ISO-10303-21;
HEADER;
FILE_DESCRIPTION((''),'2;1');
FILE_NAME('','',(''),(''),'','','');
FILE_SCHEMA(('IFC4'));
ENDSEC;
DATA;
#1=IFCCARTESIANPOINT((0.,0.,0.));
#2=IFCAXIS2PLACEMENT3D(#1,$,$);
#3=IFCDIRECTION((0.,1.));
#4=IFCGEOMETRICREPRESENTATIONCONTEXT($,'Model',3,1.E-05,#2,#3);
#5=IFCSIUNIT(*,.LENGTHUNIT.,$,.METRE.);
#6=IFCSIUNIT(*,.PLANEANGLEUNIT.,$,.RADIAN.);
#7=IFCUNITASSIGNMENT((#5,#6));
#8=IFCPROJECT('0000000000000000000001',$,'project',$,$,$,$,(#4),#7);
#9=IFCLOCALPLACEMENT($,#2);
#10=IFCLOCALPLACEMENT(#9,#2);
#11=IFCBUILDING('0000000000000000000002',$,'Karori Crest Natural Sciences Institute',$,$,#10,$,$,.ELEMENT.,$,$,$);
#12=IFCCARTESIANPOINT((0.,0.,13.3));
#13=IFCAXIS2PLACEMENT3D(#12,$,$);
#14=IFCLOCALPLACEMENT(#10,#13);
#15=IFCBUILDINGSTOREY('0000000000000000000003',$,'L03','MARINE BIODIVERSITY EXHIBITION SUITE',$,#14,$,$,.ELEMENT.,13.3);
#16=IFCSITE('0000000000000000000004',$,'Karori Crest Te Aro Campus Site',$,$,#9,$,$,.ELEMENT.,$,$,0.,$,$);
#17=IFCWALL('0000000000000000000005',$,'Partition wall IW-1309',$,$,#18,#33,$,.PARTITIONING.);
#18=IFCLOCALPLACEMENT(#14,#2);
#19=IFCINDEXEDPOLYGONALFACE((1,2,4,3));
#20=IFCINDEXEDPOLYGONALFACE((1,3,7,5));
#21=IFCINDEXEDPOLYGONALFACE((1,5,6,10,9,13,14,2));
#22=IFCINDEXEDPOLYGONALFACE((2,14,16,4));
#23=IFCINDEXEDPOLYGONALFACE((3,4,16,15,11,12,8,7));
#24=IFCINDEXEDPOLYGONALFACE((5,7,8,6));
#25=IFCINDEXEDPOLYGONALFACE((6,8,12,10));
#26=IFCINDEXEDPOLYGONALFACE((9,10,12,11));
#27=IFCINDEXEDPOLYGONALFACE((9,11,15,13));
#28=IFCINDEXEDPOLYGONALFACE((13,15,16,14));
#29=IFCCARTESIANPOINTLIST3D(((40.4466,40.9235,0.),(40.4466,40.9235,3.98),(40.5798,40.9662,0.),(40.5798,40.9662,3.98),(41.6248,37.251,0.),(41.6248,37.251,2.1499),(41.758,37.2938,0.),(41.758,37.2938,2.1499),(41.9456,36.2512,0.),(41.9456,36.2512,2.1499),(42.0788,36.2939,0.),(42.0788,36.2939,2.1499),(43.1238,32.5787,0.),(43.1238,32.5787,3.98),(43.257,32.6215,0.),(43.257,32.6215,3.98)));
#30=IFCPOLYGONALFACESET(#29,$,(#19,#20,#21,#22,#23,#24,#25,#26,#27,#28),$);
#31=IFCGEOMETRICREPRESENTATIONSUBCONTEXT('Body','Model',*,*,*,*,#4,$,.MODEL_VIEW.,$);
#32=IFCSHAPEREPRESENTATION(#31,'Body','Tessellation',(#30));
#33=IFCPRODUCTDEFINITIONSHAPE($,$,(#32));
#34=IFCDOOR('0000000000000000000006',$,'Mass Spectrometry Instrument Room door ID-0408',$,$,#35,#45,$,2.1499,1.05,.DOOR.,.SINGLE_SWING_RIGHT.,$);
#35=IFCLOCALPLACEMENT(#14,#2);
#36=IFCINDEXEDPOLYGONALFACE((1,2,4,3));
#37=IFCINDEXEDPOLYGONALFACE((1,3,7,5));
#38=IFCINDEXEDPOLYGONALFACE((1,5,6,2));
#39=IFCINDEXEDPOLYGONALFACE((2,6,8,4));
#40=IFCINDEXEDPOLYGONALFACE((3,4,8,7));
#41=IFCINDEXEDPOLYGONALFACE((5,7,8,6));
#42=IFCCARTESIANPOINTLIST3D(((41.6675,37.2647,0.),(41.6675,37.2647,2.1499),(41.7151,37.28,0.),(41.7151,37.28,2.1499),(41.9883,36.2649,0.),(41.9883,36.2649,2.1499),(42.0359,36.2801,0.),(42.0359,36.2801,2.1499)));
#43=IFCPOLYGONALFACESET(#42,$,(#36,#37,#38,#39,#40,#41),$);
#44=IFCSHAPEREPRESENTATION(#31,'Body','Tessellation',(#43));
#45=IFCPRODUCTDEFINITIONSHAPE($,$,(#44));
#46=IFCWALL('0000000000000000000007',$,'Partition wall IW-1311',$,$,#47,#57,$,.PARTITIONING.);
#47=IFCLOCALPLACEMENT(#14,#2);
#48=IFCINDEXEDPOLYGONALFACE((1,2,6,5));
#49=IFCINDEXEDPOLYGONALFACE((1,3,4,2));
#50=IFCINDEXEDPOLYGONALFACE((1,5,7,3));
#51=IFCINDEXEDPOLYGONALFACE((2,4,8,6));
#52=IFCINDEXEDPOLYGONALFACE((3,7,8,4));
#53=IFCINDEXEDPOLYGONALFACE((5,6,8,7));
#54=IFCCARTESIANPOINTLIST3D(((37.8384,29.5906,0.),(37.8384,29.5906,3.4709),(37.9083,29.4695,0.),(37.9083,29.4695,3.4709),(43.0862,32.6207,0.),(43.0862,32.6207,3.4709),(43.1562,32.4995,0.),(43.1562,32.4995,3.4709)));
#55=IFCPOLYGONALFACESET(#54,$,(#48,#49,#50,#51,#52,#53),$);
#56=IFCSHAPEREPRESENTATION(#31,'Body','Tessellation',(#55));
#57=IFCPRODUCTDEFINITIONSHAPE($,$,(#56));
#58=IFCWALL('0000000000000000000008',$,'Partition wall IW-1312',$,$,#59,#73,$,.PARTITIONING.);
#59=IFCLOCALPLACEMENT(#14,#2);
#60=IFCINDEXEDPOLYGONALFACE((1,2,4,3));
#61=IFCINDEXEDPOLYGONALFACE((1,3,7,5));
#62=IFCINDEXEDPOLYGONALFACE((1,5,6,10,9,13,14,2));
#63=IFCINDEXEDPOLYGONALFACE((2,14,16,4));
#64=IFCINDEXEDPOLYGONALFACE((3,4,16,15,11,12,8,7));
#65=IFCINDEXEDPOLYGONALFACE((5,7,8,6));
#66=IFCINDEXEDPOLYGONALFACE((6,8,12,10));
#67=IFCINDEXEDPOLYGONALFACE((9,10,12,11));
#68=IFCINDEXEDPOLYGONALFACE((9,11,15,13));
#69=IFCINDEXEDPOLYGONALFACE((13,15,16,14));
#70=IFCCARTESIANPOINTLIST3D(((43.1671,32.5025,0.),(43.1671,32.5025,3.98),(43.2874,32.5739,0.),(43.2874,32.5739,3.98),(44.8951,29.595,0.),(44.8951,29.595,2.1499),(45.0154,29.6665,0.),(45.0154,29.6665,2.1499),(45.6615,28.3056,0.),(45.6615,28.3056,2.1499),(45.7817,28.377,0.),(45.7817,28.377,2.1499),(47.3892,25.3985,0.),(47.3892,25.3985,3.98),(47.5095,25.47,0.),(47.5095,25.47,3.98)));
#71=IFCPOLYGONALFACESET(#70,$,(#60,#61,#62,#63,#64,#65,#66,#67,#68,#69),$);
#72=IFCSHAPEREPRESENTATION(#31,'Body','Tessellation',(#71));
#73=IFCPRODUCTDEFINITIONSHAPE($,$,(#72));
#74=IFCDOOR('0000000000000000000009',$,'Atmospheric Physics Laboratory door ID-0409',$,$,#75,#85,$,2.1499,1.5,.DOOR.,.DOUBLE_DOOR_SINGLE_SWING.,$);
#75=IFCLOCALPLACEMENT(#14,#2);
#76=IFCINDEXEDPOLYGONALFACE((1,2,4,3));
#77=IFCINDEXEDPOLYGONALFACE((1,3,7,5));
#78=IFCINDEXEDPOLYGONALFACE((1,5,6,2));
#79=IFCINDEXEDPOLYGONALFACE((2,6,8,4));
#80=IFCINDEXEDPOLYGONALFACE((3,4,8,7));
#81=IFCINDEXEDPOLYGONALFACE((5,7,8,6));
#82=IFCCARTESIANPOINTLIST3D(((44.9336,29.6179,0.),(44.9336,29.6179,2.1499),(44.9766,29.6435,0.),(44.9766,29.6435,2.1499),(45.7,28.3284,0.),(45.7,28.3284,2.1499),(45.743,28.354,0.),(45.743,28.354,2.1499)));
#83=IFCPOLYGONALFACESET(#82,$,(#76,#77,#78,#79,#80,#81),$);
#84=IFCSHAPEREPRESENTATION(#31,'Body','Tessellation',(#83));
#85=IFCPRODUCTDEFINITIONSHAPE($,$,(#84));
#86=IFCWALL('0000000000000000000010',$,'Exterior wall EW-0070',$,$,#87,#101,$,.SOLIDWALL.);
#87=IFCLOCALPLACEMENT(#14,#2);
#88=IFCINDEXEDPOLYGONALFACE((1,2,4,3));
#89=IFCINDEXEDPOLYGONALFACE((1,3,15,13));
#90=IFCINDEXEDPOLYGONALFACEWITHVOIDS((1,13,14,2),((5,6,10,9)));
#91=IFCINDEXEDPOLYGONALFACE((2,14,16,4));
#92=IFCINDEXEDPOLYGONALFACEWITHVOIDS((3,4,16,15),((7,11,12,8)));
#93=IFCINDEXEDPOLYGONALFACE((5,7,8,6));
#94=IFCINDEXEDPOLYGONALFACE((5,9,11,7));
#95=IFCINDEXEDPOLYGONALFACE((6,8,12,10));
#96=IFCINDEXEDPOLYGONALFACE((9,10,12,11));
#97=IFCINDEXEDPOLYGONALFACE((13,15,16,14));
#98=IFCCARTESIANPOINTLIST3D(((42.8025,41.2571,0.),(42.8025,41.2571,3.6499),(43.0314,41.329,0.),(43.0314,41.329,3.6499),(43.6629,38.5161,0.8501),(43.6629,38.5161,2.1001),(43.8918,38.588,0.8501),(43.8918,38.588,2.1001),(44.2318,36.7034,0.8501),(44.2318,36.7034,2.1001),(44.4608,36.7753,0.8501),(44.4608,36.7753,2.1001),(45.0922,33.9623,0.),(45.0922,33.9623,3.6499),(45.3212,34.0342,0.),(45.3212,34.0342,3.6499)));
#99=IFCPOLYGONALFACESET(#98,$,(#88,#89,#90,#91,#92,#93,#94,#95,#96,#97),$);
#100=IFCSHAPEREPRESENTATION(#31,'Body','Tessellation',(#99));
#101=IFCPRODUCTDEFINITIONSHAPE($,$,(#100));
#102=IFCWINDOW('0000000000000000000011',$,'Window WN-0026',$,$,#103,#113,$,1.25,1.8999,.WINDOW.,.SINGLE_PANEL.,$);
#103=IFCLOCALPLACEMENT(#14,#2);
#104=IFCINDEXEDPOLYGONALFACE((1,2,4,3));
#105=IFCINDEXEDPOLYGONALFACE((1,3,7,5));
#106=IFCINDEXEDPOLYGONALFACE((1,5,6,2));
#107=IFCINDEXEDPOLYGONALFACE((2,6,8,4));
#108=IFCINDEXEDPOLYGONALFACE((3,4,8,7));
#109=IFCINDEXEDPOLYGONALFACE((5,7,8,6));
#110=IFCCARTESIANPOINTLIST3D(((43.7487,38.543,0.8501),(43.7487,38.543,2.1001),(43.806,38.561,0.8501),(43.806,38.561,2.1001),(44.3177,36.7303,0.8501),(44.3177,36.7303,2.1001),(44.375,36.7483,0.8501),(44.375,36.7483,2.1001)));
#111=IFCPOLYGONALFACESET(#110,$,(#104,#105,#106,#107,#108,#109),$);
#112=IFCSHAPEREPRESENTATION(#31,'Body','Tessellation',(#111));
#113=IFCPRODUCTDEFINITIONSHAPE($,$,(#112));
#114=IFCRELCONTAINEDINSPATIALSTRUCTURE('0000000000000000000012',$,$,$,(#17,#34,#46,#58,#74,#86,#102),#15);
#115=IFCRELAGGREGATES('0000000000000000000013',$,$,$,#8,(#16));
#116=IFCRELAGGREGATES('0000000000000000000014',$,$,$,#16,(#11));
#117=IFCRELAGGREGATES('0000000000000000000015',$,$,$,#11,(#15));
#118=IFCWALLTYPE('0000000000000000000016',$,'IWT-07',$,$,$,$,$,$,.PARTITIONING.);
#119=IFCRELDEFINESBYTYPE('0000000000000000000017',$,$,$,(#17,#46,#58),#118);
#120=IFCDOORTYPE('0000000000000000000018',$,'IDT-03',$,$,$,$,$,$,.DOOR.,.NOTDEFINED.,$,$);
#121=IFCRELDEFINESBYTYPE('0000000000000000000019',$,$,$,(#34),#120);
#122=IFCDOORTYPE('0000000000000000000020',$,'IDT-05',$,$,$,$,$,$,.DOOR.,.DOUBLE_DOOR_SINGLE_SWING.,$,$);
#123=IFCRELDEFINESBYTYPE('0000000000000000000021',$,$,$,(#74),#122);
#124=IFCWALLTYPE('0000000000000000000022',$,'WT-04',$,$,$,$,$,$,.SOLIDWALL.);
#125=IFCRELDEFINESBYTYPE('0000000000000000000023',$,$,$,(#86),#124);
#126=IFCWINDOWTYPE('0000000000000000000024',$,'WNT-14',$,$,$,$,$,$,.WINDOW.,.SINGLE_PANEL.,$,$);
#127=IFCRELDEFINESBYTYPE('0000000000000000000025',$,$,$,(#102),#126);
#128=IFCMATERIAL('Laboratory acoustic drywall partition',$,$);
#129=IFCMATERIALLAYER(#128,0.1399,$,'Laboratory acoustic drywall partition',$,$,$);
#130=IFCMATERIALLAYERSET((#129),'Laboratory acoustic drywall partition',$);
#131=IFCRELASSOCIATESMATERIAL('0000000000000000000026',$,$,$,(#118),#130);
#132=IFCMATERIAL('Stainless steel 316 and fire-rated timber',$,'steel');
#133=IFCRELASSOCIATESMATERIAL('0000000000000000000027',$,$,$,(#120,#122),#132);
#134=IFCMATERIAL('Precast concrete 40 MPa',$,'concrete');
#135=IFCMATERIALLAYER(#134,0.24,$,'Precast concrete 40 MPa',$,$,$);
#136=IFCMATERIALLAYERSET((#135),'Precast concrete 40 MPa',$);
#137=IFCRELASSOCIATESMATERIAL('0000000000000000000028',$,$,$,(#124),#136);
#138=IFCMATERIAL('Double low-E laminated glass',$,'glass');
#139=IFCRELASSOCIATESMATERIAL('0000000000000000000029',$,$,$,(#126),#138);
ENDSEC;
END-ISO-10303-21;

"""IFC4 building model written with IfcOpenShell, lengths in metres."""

from ifc_helpers import new_model, si_unit, direction, frame, frame_2d, origin, place, context, subcontext, project, spatial, rectangle, extrude, material, layer, layer_set, type_object, element, fill, save


model = new_model("IFC4")

# Units and contexts
model_context = context("Model", 3, precision=1e-05, world=origin(), true_north=direction((0.0, 1.0)))
body_context = subcontext(model_context, "Body", "Model", "MODEL_VIEW")
ifc_project = project(units=[si_unit("LENGTHUNIT", "METRE"), si_unit("PLANEANGLEUNIT", "RADIAN")], contexts=[model_context])

# Site, building, storey
site_placement = place(None, origin())
site = spatial("IfcSite", under=ifc_project, at=site_placement, Name="Karori Crest Te Aro Campus Site", CompositionType="ELEMENT", RefElevation=0.0)
building_placement = place(site_placement, origin())
building = spatial("IfcBuilding", under=site, at=building_placement, Name="Karori Crest Natural Sciences Institute", CompositionType="ELEMENT")
storey_placement = place(building_placement, frame((0.0, 0.0, 13.3)))
storey = spatial("IfcBuildingStorey", under=building, at=storey_placement, Name="L03", Description="MARINE BIODIVERSITY EXHIBITION SUITE", CompositionType="ELEMENT", Elevation=13.3)

# Shared definitions
ifc_material_1 = material(Name="Double low-E laminated glass", Category="glass")

# Wall, opening, door
ifc_material_2 = material(Name="Laboratory acoustic drywall partition")
ifc_layer_1 = layer(ifc_material_2, 0.1399, Name="Laboratory acoustic drywall partition")
ifc_layer_set_1 = layer_set([ifc_layer_1], Name="Laboratory acoustic drywall partition")
wall_type_1 = type_object("IfcWallType", Name="IWT-07", PredefinedType="PARTITIONING", material=ifc_layer_set_1)
wall_1_placement = place(storey_placement, frame((40.5132, 40.9448, 0.0), z_axis=(0.0, 0.0, 1.0), x_axis=(0.305493, -0.952194, 0.0)))
wall_1 = element("IfcWall", 1, at=wall_1_placement, inside=storey, type_object=wall_type_1, Name="Partition wall IW-1309", PredefinedType="PARTITIONING", context=body_context, shape_type="SweptSolid", body=[
    extrude(rectangle(XDim=8.7637, YDim=0.1399, at=frame_2d((4.3818, 0.0))), origin(), (0.0, 0.0, 1.0), 3.98),
])
opening_1_placement = place(wall_1_placement, frame((3.8569, 0.0, 0.0)))
opening_1 = element("IfcOpeningElement", 2, at=opening_1_placement, cuts=wall_1, PredefinedType="OPENING", context=body_context, shape_type="SweptSolid", body=[
    extrude(rectangle(XDim=1.05, YDim=2.1499, at=frame_2d((0.5249, 1.075))), frame((0.0, 0.0801, 0.0), z_axis=(0.0, -1.0, 0.0), x_axis=(1.0, 0.0, 0.0)), (0.0, 0.0, 1.0), 0.1599),
])
ifc_material_3 = material(Name="Stainless steel 316 and fire-rated timber", Category="steel")
door_type_1 = type_object("IfcDoorType", Name="IDT-03", OperationType="NOTDEFINED", PredefinedType="DOOR", material=ifc_material_3)
door_1_placement = place(opening_1_placement, origin())
door_1 = element("IfcDoor", 3, at=door_1_placement, inside=storey, type_object=door_type_1, Name="Mass Spectrometry Instrument Room door ID-0408", OperationType="SINGLE_SWING_RIGHT", OverallHeight=2.1499, OverallWidth=1.05, PredefinedType="DOOR", context=body_context, shape_type="SweptSolid", body=[
    extrude(rectangle(XDim=1.05, YDim=2.1499, at=frame_2d((0.5249, 1.075))), frame((0.0, 0.0249, 0.0), z_axis=(0.0, -1.0, 0.0), x_axis=(1.0, 0.0, 0.0)), (0.0, 0.0, 1.0), 0.05),
])
fill(opening_1, door_1)

# Wall
wall_2_placement = place(storey_placement, frame((43.1211, 32.5601, 0.0), z_axis=(0.0, 0.0, 1.0), x_axis=(-0.86601, -0.500026, 0.0)))
element("IfcWall", 4, at=wall_2_placement, inside=storey, type_object=wall_type_1, Name="Partition wall IW-1311", PredefinedType="PARTITIONING", context=body_context, shape_type="SweptSolid", body=[
    extrude(rectangle(XDim=6.0598, YDim=0.1399, at=frame_2d((3.0298, 0.0))), origin(), (0.0, 0.0, 1.0), 3.4709),
])

# Wall, opening, door
wall_3_placement = place(storey_placement, frame((43.2273, 32.5381, 0.0), z_axis=(0.0, 0.0, 1.0), x_axis=(0.510911, -0.859633, 0.0)))
wall_3 = element("IfcWall", 5, at=wall_3_placement, inside=storey, type_object=wall_type_1, Name="Partition wall IW-1312", PredefinedType="PARTITIONING", context=body_context, shape_type="SweptSolid", body=[
    extrude(rectangle(XDim=8.2639, YDim=0.1399, at=frame_2d((4.1318, 0.0))), origin(), (0.0, 0.0, 1.0), 3.98),
])
opening_2_placement = place(wall_3_placement, frame((3.3821, 0.0, 0.0)))
opening_2 = element("IfcOpeningElement", 6, at=opening_2_placement, cuts=wall_3, PredefinedType="OPENING", context=body_context, shape_type="SweptSolid", body=[
    extrude(rectangle(XDim=1.5, YDim=2.1499, at=frame_2d((0.75, 1.075))), frame((0.0, 0.0801, 0.0), z_axis=(0.0, -1.0, 0.0), x_axis=(1.0, 0.0, 0.0)), (0.0, 0.0, 1.0), 0.1599),
])
door_type_2 = type_object("IfcDoorType", Name="IDT-05", OperationType="DOUBLE_DOOR_SINGLE_SWING", PredefinedType="DOOR", material=ifc_material_3)
door_2_placement = place(opening_2_placement, origin())
door_2 = element("IfcDoor", 7, at=door_2_placement, inside=storey, type_object=door_type_2, Name="Atmospheric Physics Laboratory door ID-0409", OperationType="DOUBLE_DOOR_SINGLE_SWING", OverallHeight=2.1499, OverallWidth=1.5, PredefinedType="DOOR", context=body_context, shape_type="SweptSolid", body=[
    extrude(rectangle(XDim=1.5, YDim=2.1499, at=frame_2d((0.75, 1.075))), frame((0.0, 0.0249, 0.0), z_axis=(0.0, -1.0, 0.0), x_axis=(1.0, 0.0, 0.0)), (0.0, 0.0, 1.0), 0.05),
])
fill(opening_2, door_2)

# Wall, opening, window
ifc_material_4 = material(Name="Precast concrete 40 MPa", Category="concrete")
ifc_layer_2 = layer(ifc_material_4, 0.24, Name="Precast concrete 40 MPa")
ifc_layer_set_2 = layer_set([ifc_layer_2], Name="Precast concrete 40 MPa")
wall_type_2 = type_object("IfcWallType", Name="WT-04", PredefinedType="SOLIDWALL", material=ifc_layer_set_2)
wall_4_placement = place(storey_placement, frame((42.917, 41.293, 0.0), z_axis=(0.0, 0.0, 1.0), x_axis=(0.299482, -0.954102, 0.0)))
wall_4 = element("IfcWall", 8, at=wall_4_placement, inside=storey, type_object=wall_type_2, Name="Exterior wall EW-0070", PredefinedType="SOLIDWALL", context=body_context, shape_type="SweptSolid", body=[
    extrude(rectangle(XDim=7.6458, YDim=0.24, at=frame_2d((3.8228, 0.0))), origin(), (0.0, 0.0, 1.0), 3.6499),
])
opening_3_placement = place(wall_4_placement, frame((2.8728, 0.0, 0.8501)))
opening_3 = element("IfcOpeningElement", 9, at=opening_3_placement, cuts=wall_4, PredefinedType="OPENING", context=body_context, shape_type="SweptSolid", body=[
    extrude(rectangle(XDim=1.8999, YDim=1.25, at=frame_2d((0.95, 0.625))), frame((0.0, 0.1299, 0.0), z_axis=(0.0, -1.0, 0.0), x_axis=(1.0, 0.0, 0.0)), (0.0, 0.0, 1.0), 0.26),
])
window_type = type_object("IfcWindowType", Name="WNT-14", PartitioningType="SINGLE_PANEL", PredefinedType="WINDOW", material=ifc_material_1)
window_placement = place(opening_3_placement, origin())
window = element("IfcWindow", 10, at=window_placement, inside=storey, type_object=window_type, Name="Window WN-0026", OverallHeight=1.25, OverallWidth=1.8999, PartitioningType="SINGLE_PANEL", PredefinedType="WINDOW", context=body_context, shape_type="SweptSolid", body=[
    extrude(rectangle(XDim=1.8999, YDim=1.25, at=frame_2d((0.95, 0.625))), frame((0.0, 0.03, 0.0), z_axis=(0.0, -1.0, 0.0), x_axis=(1.0, 0.0, 0.0)), (0.0, 0.0, 1.0), 0.0601),
])
fill(opening_3, window)

save(model, "model.ifc")
